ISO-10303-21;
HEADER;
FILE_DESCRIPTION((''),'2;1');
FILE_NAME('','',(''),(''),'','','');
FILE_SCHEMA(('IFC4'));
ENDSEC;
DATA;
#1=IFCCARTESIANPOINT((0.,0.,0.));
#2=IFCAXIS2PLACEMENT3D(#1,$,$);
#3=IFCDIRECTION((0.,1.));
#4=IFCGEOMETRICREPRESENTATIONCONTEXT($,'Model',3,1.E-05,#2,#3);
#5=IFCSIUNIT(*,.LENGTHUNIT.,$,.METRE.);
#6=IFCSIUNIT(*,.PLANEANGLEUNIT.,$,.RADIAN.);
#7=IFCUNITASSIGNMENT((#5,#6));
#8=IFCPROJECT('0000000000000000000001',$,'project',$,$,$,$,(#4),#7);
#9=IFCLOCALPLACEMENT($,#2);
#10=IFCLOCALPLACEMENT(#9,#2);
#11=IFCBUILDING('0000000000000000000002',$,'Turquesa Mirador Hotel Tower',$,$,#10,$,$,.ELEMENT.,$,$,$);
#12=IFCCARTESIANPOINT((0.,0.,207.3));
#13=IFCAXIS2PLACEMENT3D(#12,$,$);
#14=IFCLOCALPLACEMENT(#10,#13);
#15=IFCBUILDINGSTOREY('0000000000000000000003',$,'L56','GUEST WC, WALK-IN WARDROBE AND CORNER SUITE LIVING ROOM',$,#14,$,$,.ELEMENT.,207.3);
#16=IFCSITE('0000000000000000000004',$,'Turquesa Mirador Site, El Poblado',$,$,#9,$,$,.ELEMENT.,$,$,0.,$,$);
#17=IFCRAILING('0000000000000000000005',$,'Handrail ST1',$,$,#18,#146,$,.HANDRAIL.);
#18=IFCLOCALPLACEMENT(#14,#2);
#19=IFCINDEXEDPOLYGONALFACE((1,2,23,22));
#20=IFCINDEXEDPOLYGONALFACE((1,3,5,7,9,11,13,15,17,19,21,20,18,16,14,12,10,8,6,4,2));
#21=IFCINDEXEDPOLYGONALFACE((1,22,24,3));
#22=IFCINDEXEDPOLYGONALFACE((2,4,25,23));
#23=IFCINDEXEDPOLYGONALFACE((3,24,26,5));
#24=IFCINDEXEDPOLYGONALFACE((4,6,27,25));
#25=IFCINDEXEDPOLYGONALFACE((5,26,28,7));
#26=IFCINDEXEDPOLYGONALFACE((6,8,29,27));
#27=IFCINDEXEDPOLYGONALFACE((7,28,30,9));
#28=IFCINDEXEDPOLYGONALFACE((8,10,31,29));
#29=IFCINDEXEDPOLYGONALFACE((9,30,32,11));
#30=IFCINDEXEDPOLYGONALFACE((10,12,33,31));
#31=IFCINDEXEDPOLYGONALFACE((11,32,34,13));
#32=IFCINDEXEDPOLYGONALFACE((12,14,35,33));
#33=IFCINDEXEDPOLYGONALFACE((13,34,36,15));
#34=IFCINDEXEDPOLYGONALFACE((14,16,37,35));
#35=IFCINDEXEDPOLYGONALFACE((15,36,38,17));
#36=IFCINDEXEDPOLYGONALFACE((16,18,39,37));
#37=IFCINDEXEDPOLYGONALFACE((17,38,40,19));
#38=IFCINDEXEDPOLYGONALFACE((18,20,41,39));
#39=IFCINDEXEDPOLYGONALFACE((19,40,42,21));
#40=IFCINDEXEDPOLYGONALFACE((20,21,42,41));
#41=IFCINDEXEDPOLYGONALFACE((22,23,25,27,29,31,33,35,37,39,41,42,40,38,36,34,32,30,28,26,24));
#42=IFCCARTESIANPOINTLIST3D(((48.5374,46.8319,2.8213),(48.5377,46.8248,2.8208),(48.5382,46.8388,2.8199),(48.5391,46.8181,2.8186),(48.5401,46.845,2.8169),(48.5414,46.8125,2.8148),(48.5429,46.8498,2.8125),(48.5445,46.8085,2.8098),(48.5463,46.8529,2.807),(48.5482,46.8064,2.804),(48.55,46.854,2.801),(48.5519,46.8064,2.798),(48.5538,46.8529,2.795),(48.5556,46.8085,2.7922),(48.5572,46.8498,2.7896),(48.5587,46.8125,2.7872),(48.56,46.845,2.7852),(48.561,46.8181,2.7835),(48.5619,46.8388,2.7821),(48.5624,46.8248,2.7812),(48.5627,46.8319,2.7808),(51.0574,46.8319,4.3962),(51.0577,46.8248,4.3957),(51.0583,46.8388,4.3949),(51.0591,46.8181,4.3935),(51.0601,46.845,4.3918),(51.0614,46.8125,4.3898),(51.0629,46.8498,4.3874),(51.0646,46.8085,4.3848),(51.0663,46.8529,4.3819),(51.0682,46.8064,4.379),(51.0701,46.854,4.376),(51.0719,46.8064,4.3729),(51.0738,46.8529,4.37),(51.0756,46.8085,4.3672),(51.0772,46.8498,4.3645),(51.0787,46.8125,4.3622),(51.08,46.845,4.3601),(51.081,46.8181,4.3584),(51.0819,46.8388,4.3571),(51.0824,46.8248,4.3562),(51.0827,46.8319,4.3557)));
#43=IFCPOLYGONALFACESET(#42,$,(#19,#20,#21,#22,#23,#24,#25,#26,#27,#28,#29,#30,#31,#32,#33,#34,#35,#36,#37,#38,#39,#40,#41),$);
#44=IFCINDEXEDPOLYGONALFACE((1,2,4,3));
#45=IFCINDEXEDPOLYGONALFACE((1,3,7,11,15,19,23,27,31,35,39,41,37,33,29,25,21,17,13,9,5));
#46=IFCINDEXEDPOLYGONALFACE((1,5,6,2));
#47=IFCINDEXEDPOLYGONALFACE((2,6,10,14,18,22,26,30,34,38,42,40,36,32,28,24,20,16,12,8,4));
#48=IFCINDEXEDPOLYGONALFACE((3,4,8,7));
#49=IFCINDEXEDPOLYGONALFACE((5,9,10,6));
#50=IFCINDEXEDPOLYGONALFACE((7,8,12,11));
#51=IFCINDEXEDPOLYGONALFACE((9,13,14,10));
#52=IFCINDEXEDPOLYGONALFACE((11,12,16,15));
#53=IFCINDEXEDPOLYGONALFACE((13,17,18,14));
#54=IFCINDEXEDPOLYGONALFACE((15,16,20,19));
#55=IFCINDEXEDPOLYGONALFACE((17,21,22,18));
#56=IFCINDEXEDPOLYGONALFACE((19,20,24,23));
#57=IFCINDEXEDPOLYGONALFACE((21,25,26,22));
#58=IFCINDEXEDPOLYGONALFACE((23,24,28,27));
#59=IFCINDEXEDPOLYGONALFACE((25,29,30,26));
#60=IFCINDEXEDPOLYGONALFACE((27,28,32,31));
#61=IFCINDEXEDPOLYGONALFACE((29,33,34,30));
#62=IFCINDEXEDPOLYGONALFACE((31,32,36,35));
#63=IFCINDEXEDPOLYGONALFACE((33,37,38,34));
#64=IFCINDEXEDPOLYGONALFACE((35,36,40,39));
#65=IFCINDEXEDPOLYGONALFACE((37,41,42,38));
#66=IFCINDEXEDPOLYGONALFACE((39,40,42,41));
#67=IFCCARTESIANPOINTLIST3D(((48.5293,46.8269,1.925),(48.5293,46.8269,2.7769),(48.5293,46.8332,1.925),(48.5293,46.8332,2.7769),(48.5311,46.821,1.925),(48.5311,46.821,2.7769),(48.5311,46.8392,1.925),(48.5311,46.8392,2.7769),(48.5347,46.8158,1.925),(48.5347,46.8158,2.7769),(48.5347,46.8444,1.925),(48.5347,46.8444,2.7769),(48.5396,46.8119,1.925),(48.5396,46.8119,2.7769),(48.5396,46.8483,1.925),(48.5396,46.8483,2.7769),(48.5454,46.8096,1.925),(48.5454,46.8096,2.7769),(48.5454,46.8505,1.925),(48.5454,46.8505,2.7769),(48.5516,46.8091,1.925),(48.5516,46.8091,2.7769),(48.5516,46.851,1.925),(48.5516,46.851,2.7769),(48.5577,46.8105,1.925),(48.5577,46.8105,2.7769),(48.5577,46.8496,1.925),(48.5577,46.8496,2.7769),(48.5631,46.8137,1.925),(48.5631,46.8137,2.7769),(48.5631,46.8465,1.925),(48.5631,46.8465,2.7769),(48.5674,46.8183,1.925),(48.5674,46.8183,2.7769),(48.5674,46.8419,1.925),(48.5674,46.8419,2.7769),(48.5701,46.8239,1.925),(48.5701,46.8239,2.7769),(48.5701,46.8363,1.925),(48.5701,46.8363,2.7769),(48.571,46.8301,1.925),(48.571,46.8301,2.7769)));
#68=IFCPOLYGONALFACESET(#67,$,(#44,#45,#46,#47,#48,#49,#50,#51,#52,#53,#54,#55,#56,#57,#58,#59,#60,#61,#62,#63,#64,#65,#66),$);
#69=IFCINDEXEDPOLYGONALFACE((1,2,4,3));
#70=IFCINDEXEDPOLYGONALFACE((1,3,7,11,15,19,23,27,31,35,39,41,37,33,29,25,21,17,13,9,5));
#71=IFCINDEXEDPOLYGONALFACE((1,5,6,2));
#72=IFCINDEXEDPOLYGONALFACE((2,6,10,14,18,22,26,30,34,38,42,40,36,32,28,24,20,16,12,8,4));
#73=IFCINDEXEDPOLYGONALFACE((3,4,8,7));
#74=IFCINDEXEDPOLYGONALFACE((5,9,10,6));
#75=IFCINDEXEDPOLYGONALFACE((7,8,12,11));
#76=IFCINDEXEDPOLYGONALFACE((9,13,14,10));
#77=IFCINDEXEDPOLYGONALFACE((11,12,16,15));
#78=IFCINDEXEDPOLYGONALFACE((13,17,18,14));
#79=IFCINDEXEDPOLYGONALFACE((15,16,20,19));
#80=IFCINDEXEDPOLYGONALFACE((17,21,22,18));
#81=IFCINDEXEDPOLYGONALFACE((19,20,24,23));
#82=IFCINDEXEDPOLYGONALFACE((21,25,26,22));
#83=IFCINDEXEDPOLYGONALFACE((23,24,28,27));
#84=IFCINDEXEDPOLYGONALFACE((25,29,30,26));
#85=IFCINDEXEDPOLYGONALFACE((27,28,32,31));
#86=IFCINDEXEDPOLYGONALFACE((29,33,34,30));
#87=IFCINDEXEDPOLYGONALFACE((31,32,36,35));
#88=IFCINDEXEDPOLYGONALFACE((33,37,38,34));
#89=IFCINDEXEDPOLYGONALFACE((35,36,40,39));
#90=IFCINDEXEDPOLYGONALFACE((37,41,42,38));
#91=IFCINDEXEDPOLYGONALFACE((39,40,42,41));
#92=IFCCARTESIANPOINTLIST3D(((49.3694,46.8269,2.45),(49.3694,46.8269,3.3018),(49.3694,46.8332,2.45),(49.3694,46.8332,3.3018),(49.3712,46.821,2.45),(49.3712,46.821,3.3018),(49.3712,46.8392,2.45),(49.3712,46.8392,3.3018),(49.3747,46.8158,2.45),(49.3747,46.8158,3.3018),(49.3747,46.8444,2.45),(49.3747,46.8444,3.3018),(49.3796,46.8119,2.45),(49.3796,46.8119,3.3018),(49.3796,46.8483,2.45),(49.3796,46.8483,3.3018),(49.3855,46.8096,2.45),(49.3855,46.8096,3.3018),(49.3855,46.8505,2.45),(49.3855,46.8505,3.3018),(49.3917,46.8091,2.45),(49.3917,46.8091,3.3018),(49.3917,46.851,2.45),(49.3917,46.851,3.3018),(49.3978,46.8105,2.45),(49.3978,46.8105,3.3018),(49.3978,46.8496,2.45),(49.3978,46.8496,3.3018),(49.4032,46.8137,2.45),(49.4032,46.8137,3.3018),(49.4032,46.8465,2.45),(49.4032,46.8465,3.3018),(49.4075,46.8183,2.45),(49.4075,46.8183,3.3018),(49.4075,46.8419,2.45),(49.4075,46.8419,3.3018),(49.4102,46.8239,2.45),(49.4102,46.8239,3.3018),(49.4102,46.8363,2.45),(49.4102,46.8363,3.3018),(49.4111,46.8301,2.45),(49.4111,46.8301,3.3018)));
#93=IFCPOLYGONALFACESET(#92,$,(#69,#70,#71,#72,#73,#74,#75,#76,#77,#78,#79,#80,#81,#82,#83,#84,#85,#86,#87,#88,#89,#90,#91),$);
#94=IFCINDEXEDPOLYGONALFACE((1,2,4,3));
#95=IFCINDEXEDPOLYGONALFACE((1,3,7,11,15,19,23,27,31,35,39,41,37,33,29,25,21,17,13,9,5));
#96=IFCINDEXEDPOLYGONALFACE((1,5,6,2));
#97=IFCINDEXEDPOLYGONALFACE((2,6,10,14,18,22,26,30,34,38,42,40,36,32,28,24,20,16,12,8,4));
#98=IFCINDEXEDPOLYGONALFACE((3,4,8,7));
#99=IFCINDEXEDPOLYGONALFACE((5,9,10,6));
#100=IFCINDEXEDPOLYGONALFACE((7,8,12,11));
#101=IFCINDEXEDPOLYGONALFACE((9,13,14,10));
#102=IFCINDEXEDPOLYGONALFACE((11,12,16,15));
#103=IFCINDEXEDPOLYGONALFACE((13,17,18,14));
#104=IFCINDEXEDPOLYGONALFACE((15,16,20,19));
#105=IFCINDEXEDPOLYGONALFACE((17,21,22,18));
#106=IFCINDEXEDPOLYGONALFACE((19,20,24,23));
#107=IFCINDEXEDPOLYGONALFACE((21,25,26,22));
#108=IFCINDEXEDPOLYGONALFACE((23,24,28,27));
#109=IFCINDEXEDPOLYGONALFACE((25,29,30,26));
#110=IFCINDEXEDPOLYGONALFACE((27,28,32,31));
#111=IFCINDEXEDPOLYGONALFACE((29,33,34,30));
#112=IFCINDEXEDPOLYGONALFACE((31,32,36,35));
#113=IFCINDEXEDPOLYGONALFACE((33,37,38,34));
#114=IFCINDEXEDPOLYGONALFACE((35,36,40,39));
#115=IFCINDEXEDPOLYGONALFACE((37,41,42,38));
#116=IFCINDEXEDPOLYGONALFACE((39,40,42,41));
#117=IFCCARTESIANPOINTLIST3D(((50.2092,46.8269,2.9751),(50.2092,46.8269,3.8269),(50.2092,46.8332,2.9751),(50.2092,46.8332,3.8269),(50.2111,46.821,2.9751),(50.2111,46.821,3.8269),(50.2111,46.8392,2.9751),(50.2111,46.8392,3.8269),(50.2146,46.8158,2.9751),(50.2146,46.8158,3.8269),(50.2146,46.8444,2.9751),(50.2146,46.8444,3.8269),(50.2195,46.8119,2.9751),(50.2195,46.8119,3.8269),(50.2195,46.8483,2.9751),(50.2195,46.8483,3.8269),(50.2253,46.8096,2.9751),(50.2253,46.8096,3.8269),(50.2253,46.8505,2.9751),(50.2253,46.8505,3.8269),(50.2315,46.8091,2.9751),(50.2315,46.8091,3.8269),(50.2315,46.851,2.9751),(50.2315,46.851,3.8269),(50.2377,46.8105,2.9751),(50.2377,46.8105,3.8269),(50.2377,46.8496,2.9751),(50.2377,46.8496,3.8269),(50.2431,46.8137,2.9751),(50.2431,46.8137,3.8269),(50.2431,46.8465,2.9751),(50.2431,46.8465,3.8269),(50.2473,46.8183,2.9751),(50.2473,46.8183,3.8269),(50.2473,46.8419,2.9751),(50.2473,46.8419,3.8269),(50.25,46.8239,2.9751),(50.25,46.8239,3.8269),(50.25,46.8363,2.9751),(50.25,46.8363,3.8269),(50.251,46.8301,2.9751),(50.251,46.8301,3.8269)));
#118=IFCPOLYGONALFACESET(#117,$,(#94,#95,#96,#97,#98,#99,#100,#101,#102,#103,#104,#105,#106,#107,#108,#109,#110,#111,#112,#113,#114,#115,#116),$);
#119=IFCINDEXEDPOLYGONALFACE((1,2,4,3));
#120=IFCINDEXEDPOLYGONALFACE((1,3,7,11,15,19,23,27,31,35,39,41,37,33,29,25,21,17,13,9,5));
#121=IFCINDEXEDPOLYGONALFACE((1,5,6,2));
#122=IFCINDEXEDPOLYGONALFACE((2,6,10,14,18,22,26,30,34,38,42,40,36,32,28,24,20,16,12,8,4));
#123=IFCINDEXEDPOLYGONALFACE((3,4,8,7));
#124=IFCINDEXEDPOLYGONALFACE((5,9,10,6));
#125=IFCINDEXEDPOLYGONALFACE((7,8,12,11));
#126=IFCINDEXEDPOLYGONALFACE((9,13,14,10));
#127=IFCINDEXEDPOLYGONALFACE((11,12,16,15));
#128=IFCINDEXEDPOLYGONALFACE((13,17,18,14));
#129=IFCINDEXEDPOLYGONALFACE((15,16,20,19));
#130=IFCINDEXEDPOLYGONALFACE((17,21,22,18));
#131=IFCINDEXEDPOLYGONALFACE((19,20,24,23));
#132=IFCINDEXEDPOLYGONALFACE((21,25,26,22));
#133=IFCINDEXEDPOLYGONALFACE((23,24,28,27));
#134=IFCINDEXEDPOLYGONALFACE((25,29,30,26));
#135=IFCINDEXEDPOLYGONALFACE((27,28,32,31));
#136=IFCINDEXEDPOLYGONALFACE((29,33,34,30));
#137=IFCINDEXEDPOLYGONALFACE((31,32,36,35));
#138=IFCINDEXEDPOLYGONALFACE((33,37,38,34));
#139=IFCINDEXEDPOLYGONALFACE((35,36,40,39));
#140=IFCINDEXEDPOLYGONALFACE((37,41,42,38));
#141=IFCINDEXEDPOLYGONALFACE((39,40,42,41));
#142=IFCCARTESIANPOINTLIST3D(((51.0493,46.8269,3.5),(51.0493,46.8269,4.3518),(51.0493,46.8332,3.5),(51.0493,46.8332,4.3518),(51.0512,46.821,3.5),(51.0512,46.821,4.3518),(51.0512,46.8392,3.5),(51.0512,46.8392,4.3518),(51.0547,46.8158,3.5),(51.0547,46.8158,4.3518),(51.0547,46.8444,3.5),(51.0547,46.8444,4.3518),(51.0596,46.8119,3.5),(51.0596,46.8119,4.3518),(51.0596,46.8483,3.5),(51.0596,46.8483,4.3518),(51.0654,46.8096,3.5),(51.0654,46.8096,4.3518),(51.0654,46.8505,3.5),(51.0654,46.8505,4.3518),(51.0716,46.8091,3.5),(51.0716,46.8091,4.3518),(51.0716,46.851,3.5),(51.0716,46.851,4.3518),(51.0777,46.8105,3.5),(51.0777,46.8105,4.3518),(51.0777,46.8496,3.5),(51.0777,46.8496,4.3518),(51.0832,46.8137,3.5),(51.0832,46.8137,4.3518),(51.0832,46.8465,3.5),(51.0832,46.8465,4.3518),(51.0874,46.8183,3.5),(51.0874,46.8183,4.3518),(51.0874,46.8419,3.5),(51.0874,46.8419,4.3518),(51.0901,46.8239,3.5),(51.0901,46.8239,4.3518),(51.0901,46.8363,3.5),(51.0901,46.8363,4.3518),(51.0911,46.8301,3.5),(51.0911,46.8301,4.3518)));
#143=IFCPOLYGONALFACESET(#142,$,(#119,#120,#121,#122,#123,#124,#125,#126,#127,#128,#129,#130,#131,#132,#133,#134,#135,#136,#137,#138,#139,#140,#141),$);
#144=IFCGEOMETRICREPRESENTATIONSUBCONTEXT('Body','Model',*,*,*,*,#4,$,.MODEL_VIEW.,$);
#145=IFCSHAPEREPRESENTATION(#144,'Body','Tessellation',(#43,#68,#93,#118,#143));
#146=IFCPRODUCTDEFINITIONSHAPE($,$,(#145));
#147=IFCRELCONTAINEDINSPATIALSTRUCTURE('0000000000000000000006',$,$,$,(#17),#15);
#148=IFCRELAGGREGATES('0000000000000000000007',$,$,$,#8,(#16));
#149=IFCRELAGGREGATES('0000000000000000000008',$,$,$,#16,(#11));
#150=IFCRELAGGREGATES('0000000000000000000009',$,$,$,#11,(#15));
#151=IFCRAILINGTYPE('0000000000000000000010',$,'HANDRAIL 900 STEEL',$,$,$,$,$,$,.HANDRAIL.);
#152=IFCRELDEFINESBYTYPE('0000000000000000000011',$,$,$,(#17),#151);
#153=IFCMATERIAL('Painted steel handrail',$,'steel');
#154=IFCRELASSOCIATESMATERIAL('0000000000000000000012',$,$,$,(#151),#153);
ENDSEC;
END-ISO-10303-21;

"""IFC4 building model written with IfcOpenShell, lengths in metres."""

from ifc_helpers import new_model, si_unit, direction, frame, origin, origin_2d, place, context, subcontext, project, spatial, circle, extrude, material, type_object, element, save


model = new_model("IFC4")

# Units and contexts
model_context = context("Model", 3, precision=1e-05, world=origin(), true_north=direction((0.0, 1.0)))
body_context = subcontext(model_context, "Body", "Model", "MODEL_VIEW")
ifc_project = project(units=[si_unit("LENGTHUNIT", "METRE"), si_unit("PLANEANGLEUNIT", "RADIAN")], contexts=[model_context])

# Site, building, storey
site_placement = place(None, origin())
site = spatial("IfcSite", under=ifc_project, at=site_placement, Name="Turquesa Mirador Site, El Poblado", CompositionType="ELEMENT", RefElevation=0.0)
building_placement = place(site_placement, origin())
building = spatial("IfcBuilding", under=site, at=building_placement, Name="Turquesa Mirador Hotel Tower", CompositionType="ELEMENT")
storey_placement = place(building_placement, frame((0.0, 0.0, 207.3)))
storey = spatial("IfcBuildingStorey", under=building, at=storey_placement, Name="L56", Description="GUEST WC, WALK-IN WARDROBE AND CORNER SUITE LIVING ROOM", CompositionType="ELEMENT", Elevation=207.3)

# Railing
ifc_material_1 = material(Name="Painted steel handrail", Category="steel")
railing_type = type_object("IfcRailingType", Name="HANDRAIL 900 STEEL", PredefinedType="HANDRAIL", material=ifc_material_1)
railing_1_placement = place(storey_placement, frame((48.55, 46.8301, 1.925)))
element("IfcRailing", 1, at=railing_1_placement, inside=storey, type_object=railing_type, Name="Handrail ST1", PredefinedType="HANDRAIL", context=body_context, shape_type="SweptSolid", body=[
    extrude(circle(Radius=0.0239, at=origin_2d()), frame((0.0, 0.0, 0.876), z_axis=(0.848008, 0.0, 0.529984), x_axis=(0.0, 1.0, 0.0)), (0.0, 0.0, 1.0), 2.9717),
    extrude(circle(Radius=0.021, at=origin_2d()), origin(), (0.0, 0.0, 1.0), 0.8518),
    extrude(circle(Radius=0.021, at=origin_2d()), frame((0.8401, 0.0, 0.5249)), (0.0, 0.0, 1.0), 0.8518),
    extrude(circle(Radius=0.021, at=origin_2d()), frame((1.6799, 0.0, 1.05)), (0.0, 0.0, 1.0), 0.8518),
    extrude(circle(Radius=0.021, at=origin_2d()), frame((2.52, 0.0, 1.575)), (0.0, 0.0, 1.0), 0.8518),
])

save(model, "model.ifc")
